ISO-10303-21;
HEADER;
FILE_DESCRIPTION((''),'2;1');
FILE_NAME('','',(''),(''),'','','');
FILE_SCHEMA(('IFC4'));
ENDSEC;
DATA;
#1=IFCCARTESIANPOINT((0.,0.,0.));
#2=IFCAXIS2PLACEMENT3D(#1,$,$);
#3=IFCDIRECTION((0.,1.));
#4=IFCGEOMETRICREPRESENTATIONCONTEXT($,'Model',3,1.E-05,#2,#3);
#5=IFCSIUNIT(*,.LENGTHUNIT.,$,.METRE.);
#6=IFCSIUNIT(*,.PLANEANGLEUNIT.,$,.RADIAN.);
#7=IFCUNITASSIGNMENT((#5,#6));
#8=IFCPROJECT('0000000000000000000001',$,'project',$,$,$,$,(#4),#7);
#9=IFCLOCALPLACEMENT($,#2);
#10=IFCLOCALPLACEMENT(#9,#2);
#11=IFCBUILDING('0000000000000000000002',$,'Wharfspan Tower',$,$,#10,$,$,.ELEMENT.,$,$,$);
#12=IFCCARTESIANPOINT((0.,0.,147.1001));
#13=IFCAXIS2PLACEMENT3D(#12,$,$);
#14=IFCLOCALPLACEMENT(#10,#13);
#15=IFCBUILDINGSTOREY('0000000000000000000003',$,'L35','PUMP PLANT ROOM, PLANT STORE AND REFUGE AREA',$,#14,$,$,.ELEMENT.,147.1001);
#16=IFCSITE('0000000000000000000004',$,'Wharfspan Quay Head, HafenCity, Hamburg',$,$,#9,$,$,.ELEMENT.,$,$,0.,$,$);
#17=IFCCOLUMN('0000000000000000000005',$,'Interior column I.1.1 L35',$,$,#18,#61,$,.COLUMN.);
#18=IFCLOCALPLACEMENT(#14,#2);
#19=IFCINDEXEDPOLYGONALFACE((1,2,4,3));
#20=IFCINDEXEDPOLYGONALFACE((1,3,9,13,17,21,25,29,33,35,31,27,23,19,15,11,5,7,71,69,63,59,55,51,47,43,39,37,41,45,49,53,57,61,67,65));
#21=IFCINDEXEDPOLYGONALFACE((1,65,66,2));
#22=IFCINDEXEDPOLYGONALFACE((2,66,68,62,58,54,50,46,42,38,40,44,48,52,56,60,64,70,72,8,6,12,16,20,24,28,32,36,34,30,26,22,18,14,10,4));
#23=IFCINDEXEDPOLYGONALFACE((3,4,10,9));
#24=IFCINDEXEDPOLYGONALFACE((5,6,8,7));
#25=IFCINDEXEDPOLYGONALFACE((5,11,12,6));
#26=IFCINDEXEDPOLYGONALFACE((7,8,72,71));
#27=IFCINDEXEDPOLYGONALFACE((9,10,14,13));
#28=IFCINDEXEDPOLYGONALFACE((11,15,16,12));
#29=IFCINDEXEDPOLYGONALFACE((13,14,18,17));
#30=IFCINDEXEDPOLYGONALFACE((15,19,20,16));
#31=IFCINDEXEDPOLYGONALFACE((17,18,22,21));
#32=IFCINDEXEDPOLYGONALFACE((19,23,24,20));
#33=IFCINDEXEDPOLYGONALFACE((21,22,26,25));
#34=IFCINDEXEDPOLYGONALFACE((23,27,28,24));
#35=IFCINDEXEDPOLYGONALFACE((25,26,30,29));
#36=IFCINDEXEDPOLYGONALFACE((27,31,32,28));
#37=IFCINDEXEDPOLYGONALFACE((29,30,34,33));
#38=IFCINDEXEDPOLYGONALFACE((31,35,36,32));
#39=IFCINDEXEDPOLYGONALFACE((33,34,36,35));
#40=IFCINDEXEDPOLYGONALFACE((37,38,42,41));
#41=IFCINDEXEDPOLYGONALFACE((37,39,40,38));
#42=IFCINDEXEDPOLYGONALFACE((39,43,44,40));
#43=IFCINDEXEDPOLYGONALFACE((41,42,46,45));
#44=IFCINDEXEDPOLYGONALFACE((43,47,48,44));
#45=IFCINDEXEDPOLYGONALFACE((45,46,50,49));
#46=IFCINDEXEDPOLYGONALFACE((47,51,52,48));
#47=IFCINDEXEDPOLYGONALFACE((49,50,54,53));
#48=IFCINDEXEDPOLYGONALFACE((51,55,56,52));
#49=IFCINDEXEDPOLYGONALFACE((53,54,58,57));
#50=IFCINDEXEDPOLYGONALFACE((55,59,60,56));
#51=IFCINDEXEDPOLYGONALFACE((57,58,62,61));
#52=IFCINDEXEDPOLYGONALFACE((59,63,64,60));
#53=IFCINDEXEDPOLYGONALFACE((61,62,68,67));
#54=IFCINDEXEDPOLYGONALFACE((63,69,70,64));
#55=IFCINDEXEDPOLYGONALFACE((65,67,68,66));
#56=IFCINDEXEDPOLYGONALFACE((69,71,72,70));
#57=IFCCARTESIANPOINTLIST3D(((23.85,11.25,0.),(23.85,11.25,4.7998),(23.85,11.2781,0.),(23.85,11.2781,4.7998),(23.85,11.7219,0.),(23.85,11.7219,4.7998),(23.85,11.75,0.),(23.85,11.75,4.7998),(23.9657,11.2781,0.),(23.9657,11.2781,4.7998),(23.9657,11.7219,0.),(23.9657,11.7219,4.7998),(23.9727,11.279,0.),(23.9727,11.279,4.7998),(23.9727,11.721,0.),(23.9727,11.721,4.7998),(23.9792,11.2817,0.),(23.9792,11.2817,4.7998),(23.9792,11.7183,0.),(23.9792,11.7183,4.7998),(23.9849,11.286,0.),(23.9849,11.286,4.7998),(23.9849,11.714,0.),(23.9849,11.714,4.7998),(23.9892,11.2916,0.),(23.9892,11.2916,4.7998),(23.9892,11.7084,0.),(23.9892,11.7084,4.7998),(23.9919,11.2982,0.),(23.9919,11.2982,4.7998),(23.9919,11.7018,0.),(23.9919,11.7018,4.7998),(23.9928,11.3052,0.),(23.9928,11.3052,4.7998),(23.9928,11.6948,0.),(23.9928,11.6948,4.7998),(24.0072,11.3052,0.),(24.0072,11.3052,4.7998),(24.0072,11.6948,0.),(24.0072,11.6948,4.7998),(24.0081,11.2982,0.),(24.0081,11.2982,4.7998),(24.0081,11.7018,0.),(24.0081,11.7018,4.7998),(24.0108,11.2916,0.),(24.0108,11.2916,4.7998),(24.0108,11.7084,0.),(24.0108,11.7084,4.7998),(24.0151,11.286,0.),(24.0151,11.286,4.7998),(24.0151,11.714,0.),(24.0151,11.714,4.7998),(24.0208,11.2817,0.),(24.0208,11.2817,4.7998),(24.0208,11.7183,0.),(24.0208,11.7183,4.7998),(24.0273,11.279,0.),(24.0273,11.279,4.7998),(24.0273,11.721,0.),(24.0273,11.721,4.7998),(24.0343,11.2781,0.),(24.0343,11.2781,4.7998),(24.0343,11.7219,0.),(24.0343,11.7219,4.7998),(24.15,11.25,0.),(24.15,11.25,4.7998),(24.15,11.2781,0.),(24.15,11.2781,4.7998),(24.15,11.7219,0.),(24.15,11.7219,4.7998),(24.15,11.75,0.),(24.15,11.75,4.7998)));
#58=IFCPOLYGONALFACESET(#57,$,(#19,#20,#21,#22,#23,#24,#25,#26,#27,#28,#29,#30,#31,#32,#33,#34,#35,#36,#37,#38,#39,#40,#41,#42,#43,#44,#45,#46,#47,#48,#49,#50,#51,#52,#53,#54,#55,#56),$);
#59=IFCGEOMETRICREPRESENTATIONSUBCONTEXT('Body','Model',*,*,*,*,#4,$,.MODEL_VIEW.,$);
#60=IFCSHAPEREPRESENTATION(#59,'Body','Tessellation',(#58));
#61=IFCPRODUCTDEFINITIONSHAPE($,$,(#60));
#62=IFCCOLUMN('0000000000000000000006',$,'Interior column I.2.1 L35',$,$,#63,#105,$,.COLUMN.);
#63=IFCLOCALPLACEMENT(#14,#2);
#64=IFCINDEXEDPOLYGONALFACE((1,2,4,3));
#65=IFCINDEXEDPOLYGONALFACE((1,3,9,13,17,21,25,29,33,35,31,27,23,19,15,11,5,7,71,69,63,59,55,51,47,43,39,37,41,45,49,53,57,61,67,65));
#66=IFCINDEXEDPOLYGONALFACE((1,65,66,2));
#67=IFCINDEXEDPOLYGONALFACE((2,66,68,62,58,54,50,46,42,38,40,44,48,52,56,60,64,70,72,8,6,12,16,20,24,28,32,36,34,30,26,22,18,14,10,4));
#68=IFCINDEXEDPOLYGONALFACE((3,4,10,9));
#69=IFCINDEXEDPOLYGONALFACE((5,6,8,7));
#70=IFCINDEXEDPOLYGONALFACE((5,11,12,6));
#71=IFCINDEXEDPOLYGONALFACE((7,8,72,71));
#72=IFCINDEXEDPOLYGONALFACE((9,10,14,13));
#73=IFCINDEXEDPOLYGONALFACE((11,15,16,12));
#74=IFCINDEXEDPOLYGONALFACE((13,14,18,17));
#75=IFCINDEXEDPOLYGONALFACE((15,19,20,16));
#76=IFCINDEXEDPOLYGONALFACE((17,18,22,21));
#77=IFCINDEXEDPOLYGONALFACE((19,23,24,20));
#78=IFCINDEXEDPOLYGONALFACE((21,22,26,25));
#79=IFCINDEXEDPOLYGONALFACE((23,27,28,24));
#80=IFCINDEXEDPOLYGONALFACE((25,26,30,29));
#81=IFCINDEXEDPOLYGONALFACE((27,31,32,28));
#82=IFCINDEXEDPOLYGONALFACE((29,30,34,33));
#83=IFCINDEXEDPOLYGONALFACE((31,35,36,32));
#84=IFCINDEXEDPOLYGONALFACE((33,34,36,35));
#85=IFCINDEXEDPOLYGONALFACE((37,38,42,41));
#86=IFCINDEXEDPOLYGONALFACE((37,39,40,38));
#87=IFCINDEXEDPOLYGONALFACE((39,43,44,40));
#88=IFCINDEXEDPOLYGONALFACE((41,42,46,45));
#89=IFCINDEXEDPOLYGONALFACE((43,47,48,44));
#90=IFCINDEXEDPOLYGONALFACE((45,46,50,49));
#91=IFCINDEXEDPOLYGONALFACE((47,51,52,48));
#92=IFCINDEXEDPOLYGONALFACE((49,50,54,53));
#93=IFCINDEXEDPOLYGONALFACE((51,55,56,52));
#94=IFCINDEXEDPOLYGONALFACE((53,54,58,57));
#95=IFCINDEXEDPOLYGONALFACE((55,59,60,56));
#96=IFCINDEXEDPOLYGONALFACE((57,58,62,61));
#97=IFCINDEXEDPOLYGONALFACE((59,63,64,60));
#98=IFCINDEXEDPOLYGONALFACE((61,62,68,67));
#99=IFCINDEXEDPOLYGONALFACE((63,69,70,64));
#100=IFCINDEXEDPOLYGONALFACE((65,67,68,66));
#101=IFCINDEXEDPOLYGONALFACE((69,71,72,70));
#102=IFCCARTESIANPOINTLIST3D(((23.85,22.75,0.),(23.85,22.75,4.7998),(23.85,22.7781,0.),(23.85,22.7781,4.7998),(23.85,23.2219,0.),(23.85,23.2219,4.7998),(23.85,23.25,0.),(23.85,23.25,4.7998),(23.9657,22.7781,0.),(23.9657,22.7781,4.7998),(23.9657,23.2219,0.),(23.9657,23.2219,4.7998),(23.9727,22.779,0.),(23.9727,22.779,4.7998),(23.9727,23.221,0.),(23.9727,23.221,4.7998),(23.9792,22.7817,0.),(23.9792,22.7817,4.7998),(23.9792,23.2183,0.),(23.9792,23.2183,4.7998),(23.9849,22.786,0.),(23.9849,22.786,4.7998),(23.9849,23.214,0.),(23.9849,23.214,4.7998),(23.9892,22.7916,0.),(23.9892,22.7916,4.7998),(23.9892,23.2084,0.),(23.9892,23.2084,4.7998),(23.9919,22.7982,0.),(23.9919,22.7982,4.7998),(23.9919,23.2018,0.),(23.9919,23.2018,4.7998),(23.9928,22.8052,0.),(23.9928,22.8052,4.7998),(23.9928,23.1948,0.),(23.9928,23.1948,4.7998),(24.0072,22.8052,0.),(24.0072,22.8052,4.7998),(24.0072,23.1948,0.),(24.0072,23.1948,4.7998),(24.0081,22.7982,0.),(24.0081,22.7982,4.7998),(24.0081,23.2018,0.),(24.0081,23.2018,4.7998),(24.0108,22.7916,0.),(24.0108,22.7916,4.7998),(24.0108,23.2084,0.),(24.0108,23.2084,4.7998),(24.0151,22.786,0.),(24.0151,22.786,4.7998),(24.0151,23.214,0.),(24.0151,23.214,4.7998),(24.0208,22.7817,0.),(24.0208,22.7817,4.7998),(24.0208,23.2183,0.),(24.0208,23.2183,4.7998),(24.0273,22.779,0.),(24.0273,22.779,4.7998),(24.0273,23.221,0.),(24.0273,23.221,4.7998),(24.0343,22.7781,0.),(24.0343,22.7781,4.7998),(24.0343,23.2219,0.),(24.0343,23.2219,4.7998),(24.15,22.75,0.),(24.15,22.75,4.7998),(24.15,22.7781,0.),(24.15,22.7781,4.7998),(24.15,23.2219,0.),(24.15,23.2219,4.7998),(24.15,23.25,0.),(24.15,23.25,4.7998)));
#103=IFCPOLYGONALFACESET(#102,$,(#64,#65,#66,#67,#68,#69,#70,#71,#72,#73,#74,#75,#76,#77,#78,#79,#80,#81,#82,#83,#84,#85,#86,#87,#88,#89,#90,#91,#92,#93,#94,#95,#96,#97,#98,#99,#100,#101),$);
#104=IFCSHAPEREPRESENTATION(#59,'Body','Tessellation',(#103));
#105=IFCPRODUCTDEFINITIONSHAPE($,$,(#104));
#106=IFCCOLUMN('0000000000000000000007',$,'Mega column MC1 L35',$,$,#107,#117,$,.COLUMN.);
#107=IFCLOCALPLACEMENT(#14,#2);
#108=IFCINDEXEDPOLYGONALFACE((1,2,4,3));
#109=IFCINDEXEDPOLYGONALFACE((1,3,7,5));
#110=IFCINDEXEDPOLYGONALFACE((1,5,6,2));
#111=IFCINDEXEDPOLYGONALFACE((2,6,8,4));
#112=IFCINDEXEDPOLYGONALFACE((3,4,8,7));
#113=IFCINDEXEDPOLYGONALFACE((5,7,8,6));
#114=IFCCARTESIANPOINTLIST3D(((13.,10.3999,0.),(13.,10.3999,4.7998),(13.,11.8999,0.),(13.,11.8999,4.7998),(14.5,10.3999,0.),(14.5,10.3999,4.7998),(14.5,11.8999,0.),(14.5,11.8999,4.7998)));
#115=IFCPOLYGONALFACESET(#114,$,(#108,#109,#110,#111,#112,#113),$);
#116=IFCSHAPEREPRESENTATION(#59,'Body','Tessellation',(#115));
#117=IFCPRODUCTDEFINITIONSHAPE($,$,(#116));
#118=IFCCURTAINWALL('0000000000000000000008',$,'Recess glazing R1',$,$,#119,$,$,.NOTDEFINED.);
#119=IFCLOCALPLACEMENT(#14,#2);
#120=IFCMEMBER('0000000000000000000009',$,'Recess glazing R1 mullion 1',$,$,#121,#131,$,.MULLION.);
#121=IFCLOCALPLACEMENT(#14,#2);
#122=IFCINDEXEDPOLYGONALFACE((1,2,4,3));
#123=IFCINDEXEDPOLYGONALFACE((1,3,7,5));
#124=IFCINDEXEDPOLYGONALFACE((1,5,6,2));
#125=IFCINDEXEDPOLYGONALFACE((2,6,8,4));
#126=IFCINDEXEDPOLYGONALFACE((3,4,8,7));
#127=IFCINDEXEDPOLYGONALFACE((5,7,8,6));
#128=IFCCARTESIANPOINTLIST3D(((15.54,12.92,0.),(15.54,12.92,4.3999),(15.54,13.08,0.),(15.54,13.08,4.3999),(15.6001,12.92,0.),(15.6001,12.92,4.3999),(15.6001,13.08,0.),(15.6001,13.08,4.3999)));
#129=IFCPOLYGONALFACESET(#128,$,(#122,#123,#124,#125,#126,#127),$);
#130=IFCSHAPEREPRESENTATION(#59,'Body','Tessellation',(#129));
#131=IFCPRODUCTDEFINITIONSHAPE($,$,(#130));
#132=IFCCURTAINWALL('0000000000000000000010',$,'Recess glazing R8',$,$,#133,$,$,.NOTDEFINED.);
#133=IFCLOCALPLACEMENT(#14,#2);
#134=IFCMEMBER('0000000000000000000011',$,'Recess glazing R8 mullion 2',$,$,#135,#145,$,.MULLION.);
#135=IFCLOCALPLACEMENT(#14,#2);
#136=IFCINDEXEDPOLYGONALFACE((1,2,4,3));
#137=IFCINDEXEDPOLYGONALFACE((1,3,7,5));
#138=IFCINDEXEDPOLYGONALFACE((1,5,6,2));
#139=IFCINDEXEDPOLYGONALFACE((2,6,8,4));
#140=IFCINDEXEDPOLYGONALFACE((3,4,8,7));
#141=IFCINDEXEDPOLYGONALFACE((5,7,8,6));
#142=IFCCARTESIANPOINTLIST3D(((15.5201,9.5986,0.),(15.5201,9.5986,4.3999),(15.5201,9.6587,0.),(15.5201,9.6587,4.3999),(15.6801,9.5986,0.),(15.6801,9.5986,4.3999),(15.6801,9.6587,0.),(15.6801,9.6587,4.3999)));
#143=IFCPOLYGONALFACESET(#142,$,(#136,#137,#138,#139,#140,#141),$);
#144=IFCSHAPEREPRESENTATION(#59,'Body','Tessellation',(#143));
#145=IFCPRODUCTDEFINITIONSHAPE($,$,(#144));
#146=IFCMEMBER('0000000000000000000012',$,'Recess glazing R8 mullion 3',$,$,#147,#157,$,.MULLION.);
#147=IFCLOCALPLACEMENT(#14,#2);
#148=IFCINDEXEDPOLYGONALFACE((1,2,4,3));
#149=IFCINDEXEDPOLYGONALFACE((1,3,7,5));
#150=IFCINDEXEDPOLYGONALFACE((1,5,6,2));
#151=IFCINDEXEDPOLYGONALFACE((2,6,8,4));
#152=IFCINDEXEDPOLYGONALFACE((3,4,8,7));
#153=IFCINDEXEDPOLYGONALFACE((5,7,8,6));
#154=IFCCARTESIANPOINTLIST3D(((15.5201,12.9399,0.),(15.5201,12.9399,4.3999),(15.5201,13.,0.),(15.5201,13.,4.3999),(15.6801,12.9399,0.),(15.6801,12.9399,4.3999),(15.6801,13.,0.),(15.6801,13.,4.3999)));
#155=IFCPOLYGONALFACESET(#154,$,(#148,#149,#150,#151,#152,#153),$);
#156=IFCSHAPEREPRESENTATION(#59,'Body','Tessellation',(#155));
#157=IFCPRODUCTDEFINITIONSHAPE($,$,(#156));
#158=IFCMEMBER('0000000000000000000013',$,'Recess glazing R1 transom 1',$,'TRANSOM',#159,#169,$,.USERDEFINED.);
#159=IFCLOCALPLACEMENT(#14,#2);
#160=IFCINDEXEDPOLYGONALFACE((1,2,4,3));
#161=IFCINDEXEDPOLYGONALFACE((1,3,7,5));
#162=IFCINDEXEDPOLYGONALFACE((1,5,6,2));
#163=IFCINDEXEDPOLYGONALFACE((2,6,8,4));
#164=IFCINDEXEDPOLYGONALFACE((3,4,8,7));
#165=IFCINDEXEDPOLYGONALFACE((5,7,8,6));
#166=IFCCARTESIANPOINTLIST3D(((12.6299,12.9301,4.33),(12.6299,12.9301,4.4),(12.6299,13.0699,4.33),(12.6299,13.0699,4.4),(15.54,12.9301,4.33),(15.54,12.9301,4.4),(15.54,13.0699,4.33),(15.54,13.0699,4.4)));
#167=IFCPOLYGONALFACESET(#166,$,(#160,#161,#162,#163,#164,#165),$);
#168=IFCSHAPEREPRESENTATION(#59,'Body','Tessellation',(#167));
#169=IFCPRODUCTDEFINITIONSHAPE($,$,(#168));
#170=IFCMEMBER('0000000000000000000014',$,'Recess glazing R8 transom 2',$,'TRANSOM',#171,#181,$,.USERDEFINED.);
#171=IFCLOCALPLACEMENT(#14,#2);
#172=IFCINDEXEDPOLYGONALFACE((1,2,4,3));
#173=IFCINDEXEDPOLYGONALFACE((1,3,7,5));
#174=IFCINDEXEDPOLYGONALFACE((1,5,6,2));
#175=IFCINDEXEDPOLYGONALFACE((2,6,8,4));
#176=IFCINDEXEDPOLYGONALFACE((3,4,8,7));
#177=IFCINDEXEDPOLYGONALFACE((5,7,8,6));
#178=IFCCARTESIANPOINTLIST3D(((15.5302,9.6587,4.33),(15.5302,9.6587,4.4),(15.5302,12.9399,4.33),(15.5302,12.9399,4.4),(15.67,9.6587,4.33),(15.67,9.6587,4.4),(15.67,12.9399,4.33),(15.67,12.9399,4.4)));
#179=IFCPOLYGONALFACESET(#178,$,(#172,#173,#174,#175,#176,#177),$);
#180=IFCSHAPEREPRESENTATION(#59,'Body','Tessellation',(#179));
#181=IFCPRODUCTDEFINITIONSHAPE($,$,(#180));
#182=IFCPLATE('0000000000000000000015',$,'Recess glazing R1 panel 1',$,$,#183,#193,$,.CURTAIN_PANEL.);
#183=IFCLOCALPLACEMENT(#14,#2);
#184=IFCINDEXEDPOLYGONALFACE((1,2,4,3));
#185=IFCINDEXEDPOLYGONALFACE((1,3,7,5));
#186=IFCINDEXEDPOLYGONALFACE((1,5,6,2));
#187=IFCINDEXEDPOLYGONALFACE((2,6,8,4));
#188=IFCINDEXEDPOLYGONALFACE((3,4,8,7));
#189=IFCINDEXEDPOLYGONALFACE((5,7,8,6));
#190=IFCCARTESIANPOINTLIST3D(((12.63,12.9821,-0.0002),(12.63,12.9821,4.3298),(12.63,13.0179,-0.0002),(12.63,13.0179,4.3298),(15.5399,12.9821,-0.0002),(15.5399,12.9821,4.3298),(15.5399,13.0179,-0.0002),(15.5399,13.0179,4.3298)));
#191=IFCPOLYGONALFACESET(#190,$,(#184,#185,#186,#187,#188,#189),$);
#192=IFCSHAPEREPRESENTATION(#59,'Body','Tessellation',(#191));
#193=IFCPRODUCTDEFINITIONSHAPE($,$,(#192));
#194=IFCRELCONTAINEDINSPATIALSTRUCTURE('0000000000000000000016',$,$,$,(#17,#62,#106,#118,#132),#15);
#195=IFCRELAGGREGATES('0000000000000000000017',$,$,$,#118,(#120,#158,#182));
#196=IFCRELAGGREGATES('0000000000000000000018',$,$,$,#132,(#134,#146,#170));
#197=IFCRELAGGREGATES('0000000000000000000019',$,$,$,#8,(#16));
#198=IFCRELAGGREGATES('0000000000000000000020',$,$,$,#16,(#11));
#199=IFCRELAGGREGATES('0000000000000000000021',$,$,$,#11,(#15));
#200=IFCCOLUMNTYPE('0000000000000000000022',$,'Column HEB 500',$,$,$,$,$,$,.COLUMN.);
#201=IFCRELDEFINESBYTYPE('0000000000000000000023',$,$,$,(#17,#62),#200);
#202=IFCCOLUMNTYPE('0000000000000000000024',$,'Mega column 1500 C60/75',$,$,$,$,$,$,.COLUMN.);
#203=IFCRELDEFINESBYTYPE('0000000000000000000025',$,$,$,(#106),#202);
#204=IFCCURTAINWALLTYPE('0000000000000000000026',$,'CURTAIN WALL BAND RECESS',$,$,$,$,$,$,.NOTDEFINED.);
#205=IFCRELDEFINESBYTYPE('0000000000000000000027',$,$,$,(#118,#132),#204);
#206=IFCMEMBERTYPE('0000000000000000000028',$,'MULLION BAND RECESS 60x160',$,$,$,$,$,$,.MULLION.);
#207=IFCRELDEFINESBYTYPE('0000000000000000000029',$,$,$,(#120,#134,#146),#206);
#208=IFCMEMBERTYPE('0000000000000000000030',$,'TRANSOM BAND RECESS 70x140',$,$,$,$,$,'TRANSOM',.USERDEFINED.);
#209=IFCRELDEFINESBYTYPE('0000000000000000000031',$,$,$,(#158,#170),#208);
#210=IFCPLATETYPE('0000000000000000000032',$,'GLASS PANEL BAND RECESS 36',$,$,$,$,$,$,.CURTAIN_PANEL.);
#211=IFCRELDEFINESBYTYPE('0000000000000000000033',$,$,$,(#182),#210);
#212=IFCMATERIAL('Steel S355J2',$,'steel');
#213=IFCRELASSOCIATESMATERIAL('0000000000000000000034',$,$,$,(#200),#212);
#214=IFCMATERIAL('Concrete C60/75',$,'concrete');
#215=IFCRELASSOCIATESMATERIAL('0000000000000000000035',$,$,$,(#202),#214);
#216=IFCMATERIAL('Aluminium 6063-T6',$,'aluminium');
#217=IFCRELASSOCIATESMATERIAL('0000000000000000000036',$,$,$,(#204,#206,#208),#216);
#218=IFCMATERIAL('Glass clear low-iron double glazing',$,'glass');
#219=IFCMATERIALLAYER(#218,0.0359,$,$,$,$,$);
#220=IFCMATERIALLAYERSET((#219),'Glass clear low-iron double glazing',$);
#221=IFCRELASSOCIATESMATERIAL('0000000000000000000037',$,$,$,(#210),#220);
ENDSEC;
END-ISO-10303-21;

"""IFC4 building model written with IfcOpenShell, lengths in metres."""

from ifc_helpers import new_model, si_unit, direction, frame, origin, origin_2d, place, context, subcontext, project, spatial, rectangle, i_section, extrude, material, layer, layer_set, material_profile, profile_set, type_object, element, aggregate, save


model = new_model("IFC4")

# Units and contexts
model_context = context("Model", 3, precision=1e-05, world=origin(), true_north=direction((0.0, 1.0)))
body_context = subcontext(model_context, "Body", "Model", "MODEL_VIEW")
ifc_project = project(units=[si_unit("LENGTHUNIT", "METRE"), si_unit("PLANEANGLEUNIT", "RADIAN")], contexts=[model_context])

# Site, building, storey
site_placement = place(None, origin())
site = spatial("IfcSite", under=ifc_project, at=site_placement, Name="Wharfspan Quay Head, HafenCity, Hamburg", CompositionType="ELEMENT", RefElevation=0.0)
building_placement = place(site_placement, origin())
building = spatial("IfcBuilding", under=site, at=building_placement, Name="Wharfspan Tower", CompositionType="ELEMENT")
storey_placement = place(building_placement, frame((0.0, 0.0, 147.1001)))
storey = spatial("IfcBuildingStorey", under=building, at=storey_placement, Name="L35", Description="PUMP PLANT ROOM, PLANT STORE AND REFUGE AREA", CompositionType="ELEMENT", Elevation=147.1001)

# Columns
ifc_material_1 = material(Name="Steel S355J2", Category="steel")
ifc_material_profile_1 = material_profile(ifc_material_1, i_section(OverallWidth=0.3, OverallDepth=0.5, WebThickness=0.0144, FlangeThickness=0.0281, FilletRadius=0.0271, at=origin_2d()))
ifc_profile_set_1 = profile_set([ifc_material_profile_1], Name="Steel S355J2")
column_type_1 = type_object("IfcColumnType", Name="Column HEB 500", PredefinedType="COLUMN", material=ifc_profile_set_1)
for number, where, z_axis, x_axis, name in (
    (1, (24.0, 11.5, 0.0), (0.0, 0.0, 1.0), (1.0, 0.0, 0.0), "Interior column I.1.1 L35"),
    (2, (24.0, 23.0, 0.0), (0.0, 0.0, 1.0), (1.0, 0.0, 0.0), "Interior column I.2.1 L35"),
):
    element("IfcColumn", number, at=place(storey_placement, frame(where, z_axis=z_axis, x_axis=x_axis)), inside=storey, type_object=column_type_1, Name=name, PredefinedType="COLUMN", context=body_context, shape_type="SweptSolid", body=[
        extrude(i_section(OverallWidth=0.3, OverallDepth=0.5, WebThickness=0.0144, FlangeThickness=0.0281, FilletRadius=0.0271, at=origin_2d()), origin(), (0.0, 0.0, 1.0), 4.7998),
    ])
ifc_material_2 = material(Name="Concrete C60/75", Category="concrete")
ifc_material_profile_2 = material_profile(ifc_material_2, rectangle(XDim=1.5, YDim=1.5, at=origin_2d()))
ifc_profile_set_2 = profile_set([ifc_material_profile_2], Name="Concrete C60/75")
column_type_2 = type_object("IfcColumnType", Name="Mega column 1500 C60/75", PredefinedType="COLUMN", material=ifc_profile_set_2)
column_placement = place(storey_placement, frame((13.75, 11.1499, 0.0), z_axis=(0.0, 0.0, 1.0), x_axis=(1.0, 0.0, 0.0)))
element("IfcColumn", 3, at=column_placement, inside=storey, type_object=column_type_2, Name="Mega column MC1 L35", PredefinedType="COLUMN", context=body_context, shape_type="SweptSolid", body=[
    extrude(rectangle(XDim=1.5, YDim=1.5, at=origin_2d()), origin(), (0.0, 0.0, 1.0), 4.7998),
])

# Curtain wall, member
ifc_material_3 = material(Name="Aluminium 6063-T6", Category="aluminium")
curtain_wall_type = type_object("IfcCurtainWallType", Name="CURTAIN WALL BAND RECESS", PredefinedType="NOTDEFINED", material=ifc_material_3)
curtain_wall_1_placement = place(storey_placement, origin())
curtain_wall_1 = element("IfcCurtainWall", 4, at=curtain_wall_1_placement, inside=storey, type_object=curtain_wall_type, Name="Recess glazing R1", PredefinedType="NOTDEFINED")
ifc_material_profile_3 = material_profile(ifc_material_3, rectangle(XDim=0.1599, YDim=0.0601, at=origin_2d()))
ifc_profile_set_3 = profile_set([ifc_material_profile_3], Name="Aluminium 6063-T6")
member_type_1 = type_object("IfcMemberType", Name="MULLION BAND RECESS 60x160", PredefinedType="MULLION", material=ifc_profile_set_3)
member_1_placement = place(storey_placement, frame((15.5701, 13.0, 0.0), z_axis=(0.0, 0.0, 1.0), x_axis=(0.0, -1.0, 0.0)))
member_1 = element("IfcMember", 5, at=member_1_placement, type_object=member_type_1, Name="Recess glazing R1 mullion 1", PredefinedType="MULLION", context=body_context, shape_type="SweptSolid", body=[
    extrude(rectangle(XDim=0.1599, YDim=0.0601, at=origin_2d()), origin(), (0.0, 0.0, 1.0), 4.3999),
])

# Curtain wall, members
curtain_wall_2_placement = place(storey_placement, origin())
curtain_wall_2 = element("IfcCurtainWall", 6, at=curtain_wall_2_placement, inside=storey, type_object=curtain_wall_type, Name="Recess glazing R8", PredefinedType="NOTDEFINED")
member_2_placement = place(storey_placement, frame((15.6001, 9.6287, 0.0), z_axis=(0.0, 0.0, 1.0), x_axis=(-1.0, 0.0, 0.0)))
member_2 = element("IfcMember", 7, at=member_2_placement, type_object=member_type_1, Name="Recess glazing R8 mullion 2", PredefinedType="MULLION", context=body_context, shape_type="SweptSolid", body=[
    extrude(rectangle(XDim=0.1599, YDim=0.0601, at=origin_2d()), origin(), (0.0, 0.0, 1.0), 4.3999),
])
member_3_placement = place(storey_placement, frame((15.6001, 12.97, 0.0), z_axis=(0.0, 0.0, 1.0), x_axis=(-1.0, 0.0, 0.0)))
member_3 = element("IfcMember", 8, at=member_3_placement, type_object=member_type_1, Name="Recess glazing R8 mullion 3", PredefinedType="MULLION", context=body_context, shape_type="SweptSolid", body=[
    extrude(rectangle(XDim=0.1599, YDim=0.0601, at=origin_2d()), origin(), (0.0, 0.0, 1.0), 4.3999),
])

# Members
ifc_material_profile_4 = material_profile(ifc_material_3, rectangle(XDim=0.1399, YDim=0.0701, at=origin_2d()))
ifc_profile_set_4 = profile_set([ifc_material_profile_4], Name="Aluminium 6063-T6")
member_type_2 = type_object("IfcMemberType", Name="TRANSOM BAND RECESS 70x140", ElementType="TRANSOM", PredefinedType="USERDEFINED", material=ifc_profile_set_4)
member_4_placement = place(storey_placement, frame((15.54, 13.0, 4.365), z_axis=(-1.0, 0.0, 0.0), x_axis=(0.0, -1.0, 0.0)))
member_4 = element("IfcMember", 9, at=member_4_placement, type_object=member_type_2, Name="Recess glazing R1 transom 1", ObjectType="TRANSOM", PredefinedType="USERDEFINED", context=body_context, shape_type="SweptSolid", body=[
    extrude(rectangle(XDim=0.1399, YDim=0.0701, at=origin_2d()), origin(), (0.0, 0.0, 1.0), 2.9102),
])
member_5_placement = place(storey_placement, frame((15.6001, 9.6587, 4.365), z_axis=(0.0, 1.0, 0.0), x_axis=(-1.0, 0.0, 0.0)))
member_5 = element("IfcMember", 10, at=member_5_placement, type_object=member_type_2, Name="Recess glazing R8 transom 2", ObjectType="TRANSOM", PredefinedType="USERDEFINED", context=body_context, shape_type="SweptSolid", body=[
    extrude(rectangle(XDim=0.1399, YDim=0.0701, at=origin_2d()), origin(), (0.0, 0.0, 1.0), 3.2812),
])

# Plate
ifc_material_4 = material(Name="Glass clear low-iron double glazing", Category="glass")
ifc_layer_1 = layer(ifc_material_4, 0.0359)
ifc_layer_set_1 = layer_set([ifc_layer_1], Name="Glass clear low-iron double glazing")
plate_type = type_object("IfcPlateType", Name="GLASS PANEL BAND RECESS 36", PredefinedType="CURTAIN_PANEL", material=ifc_layer_set_1)
plate_1_placement = place(storey_placement, frame((14.085, 13.0, -0.0002), z_axis=(0.0, 0.0, 1.0), x_axis=(-1.0, 0.0, 0.0)))
plate_1 = element("IfcPlate", 11, at=plate_1_placement, type_object=plate_type, Name="Recess glazing R1 panel 1", PredefinedType="CURTAIN_PANEL", context=body_context, shape_type="SweptSolid", body=[
    extrude(rectangle(XDim=2.9099, YDim=0.0359, at=origin_2d()), origin(), (0.0, 0.0, 1.0), 4.3301),
])
aggregate(curtain_wall_1, [member_1, member_4, plate_1])
aggregate(curtain_wall_2, [member_2, member_3, member_5])

save(model, "model.ifc")
